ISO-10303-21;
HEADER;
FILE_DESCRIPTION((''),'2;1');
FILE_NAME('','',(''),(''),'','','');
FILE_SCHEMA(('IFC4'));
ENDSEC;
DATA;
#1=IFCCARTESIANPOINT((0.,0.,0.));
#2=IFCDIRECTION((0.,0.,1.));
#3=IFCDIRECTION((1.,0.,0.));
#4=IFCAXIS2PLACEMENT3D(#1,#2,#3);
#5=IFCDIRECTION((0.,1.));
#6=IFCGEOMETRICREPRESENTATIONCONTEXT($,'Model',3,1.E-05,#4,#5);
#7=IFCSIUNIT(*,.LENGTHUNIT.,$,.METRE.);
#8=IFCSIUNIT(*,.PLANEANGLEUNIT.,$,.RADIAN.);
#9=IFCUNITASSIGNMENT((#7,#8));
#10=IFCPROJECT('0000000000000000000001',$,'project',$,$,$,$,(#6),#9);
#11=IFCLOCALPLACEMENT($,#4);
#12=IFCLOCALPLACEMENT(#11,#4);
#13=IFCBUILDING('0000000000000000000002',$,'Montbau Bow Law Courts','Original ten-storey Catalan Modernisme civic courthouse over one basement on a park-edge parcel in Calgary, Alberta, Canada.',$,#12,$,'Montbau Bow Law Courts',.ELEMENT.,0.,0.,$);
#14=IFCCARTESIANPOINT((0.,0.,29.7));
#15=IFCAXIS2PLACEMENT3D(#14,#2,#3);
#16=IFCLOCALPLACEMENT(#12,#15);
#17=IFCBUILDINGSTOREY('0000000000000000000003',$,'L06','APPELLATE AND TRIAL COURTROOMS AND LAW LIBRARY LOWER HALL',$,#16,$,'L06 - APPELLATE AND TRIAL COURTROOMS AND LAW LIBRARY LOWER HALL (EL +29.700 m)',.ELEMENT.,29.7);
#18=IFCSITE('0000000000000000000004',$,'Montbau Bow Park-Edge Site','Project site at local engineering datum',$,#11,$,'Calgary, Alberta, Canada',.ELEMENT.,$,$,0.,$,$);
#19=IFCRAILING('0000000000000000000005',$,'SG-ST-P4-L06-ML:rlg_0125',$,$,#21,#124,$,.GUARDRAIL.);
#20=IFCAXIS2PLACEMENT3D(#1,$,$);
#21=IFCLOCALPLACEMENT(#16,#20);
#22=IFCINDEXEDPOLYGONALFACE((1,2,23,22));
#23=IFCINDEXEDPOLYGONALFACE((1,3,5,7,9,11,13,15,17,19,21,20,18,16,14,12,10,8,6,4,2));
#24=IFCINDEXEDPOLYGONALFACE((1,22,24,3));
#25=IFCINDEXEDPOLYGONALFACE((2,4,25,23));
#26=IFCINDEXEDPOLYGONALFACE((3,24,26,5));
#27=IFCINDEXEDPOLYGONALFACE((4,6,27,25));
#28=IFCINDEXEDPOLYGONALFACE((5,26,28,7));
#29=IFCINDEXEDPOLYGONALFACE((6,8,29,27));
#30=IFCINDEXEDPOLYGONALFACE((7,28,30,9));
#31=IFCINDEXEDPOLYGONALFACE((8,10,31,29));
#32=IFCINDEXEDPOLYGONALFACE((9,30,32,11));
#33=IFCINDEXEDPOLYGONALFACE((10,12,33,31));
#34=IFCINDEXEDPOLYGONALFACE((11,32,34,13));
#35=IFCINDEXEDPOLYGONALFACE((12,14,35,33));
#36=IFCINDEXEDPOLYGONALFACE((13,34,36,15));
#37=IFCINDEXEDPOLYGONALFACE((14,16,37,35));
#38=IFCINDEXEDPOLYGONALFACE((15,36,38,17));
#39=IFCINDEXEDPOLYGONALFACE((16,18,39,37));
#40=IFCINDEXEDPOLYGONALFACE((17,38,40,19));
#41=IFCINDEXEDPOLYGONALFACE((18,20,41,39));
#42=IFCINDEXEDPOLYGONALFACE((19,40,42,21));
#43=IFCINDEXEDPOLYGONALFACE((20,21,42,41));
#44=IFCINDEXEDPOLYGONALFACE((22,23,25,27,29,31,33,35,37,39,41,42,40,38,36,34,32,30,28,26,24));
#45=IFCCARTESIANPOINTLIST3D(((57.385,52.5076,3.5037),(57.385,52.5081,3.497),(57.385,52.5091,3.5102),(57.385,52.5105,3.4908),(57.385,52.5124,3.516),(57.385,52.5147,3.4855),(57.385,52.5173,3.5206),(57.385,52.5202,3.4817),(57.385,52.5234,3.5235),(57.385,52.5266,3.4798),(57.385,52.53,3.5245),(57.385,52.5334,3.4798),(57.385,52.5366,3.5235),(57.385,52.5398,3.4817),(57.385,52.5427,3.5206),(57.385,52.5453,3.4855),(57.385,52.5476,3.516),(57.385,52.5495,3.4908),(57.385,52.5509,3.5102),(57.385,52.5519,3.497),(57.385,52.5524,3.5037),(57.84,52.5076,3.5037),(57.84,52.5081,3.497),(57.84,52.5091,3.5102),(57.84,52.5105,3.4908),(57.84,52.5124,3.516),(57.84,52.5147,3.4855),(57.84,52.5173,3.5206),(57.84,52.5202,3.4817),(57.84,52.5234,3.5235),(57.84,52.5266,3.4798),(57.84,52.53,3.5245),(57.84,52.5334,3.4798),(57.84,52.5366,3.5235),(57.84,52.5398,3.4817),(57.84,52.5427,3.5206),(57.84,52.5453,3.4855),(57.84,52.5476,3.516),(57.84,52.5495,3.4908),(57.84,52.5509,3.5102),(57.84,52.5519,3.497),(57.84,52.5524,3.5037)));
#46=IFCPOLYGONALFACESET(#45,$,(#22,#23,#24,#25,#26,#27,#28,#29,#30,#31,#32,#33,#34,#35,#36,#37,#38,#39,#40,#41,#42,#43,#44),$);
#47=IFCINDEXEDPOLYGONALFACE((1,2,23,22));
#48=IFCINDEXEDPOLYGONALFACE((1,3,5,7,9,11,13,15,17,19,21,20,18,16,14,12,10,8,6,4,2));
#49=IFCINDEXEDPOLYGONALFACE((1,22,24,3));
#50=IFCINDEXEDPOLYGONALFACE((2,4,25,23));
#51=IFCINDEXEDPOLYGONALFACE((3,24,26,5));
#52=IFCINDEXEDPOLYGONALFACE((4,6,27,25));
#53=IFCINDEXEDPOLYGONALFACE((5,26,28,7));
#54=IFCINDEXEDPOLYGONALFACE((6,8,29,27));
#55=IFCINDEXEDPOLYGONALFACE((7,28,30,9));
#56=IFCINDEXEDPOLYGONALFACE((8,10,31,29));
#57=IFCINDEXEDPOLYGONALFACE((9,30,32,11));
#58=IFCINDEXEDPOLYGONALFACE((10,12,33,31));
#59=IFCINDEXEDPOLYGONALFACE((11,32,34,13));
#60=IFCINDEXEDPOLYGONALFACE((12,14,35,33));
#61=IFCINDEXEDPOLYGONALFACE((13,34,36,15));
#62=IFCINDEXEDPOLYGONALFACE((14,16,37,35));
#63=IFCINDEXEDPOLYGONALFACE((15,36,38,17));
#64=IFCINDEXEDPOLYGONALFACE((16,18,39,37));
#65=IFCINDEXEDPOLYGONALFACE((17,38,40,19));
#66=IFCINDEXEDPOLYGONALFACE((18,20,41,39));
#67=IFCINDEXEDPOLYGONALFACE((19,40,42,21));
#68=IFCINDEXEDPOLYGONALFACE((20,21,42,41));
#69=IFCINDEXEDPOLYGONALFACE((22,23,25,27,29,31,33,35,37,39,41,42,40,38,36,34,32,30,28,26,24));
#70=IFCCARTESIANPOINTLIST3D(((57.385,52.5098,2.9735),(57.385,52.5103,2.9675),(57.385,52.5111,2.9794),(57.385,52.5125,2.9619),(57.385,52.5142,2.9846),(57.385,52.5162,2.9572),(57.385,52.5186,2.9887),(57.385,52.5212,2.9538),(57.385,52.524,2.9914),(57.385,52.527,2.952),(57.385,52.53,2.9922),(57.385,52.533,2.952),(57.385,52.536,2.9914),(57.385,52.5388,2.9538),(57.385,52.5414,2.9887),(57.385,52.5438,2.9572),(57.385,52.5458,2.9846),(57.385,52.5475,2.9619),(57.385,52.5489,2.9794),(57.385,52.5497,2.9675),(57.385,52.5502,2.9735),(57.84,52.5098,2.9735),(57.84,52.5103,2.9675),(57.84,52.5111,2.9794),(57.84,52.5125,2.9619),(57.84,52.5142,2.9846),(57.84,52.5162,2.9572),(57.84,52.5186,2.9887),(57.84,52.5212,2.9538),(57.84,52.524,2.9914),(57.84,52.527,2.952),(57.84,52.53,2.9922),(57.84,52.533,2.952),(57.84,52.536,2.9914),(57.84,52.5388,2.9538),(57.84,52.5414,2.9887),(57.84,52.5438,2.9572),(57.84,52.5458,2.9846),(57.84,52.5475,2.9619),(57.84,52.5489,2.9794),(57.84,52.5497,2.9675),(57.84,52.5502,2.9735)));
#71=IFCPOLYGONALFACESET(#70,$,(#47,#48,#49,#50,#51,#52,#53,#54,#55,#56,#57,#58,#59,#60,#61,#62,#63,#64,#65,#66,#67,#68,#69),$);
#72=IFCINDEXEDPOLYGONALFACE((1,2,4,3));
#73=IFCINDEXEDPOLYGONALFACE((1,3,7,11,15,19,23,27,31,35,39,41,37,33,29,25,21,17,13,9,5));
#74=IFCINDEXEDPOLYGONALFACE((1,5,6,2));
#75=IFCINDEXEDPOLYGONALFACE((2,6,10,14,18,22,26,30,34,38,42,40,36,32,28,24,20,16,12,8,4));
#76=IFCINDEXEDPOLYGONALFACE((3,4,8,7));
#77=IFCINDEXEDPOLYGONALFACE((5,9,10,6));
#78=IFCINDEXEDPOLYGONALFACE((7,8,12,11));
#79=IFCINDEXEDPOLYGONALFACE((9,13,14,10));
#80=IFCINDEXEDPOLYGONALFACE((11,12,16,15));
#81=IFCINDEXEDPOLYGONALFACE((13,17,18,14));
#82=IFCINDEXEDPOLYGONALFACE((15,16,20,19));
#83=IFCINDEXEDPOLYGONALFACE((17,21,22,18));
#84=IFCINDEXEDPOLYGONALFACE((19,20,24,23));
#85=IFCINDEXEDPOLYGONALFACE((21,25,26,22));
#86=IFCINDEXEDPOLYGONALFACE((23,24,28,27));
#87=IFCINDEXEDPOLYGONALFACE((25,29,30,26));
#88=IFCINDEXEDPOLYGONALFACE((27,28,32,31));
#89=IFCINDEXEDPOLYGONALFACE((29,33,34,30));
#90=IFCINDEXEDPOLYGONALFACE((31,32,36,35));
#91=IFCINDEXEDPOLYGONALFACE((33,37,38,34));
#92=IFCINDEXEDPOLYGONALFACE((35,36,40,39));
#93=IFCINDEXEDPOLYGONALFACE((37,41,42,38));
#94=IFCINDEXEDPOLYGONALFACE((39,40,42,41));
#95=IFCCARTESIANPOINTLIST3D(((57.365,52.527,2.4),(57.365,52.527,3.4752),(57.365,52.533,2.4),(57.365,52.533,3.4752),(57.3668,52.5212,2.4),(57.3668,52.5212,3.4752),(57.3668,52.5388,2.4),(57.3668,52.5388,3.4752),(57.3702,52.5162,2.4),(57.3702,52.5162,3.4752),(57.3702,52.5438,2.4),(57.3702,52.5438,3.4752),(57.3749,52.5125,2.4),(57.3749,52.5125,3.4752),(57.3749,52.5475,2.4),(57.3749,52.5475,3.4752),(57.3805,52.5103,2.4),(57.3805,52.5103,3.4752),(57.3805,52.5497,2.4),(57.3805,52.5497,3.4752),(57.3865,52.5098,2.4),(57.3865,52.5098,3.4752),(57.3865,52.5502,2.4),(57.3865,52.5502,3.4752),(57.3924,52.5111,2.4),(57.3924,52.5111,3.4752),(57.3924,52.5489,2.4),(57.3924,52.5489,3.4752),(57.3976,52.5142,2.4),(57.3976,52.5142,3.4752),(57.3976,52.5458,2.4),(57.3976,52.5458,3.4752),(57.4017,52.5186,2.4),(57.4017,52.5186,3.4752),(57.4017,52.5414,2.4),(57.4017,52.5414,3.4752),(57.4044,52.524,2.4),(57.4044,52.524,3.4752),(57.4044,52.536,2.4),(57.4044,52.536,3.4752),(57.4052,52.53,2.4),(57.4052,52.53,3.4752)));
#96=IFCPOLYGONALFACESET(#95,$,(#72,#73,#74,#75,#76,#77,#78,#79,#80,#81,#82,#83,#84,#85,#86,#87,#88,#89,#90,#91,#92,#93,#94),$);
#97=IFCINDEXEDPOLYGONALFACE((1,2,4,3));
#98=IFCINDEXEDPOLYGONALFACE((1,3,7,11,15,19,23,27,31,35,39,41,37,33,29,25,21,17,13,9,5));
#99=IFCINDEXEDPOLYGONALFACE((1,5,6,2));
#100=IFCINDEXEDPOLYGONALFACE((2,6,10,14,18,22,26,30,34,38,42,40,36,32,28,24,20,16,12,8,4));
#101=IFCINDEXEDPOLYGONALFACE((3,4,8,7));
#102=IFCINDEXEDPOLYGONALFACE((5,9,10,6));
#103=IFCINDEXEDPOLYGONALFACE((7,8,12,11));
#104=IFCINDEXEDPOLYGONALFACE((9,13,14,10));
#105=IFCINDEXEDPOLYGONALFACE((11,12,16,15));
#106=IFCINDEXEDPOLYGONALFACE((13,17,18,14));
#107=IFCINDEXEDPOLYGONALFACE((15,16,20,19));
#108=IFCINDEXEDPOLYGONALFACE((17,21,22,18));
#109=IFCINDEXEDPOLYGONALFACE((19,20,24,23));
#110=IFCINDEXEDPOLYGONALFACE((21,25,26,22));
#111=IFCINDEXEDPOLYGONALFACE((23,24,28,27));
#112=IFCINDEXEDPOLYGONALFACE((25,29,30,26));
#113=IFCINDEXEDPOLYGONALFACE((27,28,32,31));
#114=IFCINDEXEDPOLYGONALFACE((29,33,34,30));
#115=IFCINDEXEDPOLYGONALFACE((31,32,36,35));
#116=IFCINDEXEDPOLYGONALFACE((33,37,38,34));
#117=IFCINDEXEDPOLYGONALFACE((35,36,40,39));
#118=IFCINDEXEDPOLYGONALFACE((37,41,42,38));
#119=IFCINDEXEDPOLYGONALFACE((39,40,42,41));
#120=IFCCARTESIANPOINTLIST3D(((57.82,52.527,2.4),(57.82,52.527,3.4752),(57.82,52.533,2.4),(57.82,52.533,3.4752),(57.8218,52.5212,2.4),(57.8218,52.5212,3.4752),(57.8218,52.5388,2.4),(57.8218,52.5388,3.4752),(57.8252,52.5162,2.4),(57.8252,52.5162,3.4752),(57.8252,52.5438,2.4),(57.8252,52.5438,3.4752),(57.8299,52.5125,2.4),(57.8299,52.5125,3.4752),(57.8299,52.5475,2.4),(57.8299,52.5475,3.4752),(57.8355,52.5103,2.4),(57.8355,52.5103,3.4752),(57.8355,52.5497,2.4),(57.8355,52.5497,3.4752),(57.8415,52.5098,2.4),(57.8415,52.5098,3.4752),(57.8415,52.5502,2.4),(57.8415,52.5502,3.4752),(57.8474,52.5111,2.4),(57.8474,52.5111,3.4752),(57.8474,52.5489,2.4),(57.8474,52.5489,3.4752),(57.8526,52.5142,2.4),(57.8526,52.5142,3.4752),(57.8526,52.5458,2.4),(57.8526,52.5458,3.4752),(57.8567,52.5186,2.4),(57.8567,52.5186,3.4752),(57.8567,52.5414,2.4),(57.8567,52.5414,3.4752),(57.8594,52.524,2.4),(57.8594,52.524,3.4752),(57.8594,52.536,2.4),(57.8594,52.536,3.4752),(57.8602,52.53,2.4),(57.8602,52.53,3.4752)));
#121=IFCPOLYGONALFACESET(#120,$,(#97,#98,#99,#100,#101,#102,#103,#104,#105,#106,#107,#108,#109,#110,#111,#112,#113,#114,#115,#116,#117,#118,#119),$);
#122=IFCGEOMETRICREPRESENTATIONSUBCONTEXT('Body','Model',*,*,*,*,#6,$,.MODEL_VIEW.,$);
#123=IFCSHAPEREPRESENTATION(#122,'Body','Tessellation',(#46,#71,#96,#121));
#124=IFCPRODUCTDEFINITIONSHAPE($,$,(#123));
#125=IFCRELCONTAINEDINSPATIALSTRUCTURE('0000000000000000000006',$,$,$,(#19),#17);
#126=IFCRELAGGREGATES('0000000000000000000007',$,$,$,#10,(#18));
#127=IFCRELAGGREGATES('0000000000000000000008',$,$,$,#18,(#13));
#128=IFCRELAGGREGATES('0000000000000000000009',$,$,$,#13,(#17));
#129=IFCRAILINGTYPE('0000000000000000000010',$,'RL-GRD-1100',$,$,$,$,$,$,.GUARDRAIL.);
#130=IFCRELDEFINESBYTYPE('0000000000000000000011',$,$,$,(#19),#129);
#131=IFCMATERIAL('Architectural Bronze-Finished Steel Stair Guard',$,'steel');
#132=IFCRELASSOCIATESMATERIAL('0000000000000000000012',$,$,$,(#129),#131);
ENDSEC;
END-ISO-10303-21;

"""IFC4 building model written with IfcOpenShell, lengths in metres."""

from ifc_helpers import new_model, si_unit, direction, frame, origin_with_axes, origin_2d_with_axis, place, context, subcontext, project, spatial, circle, extrude, material, type_object, element, save


model = new_model("IFC4")

# Units and contexts
model_context = context("Model", 3, precision=1e-05, world=origin_with_axes(), true_north=direction((0.0, 1.0)))
body_context = subcontext(model_context, "Body", "Model", "MODEL_VIEW")
ifc_project = project(units=[si_unit("LENGTHUNIT", "METRE"), si_unit("PLANEANGLEUNIT", "RADIAN")], contexts=[model_context])

# Site, building, storey
site_placement = place(None, origin_with_axes())
site = spatial("IfcSite", under=ifc_project, at=site_placement, Name="Montbau Bow Park-Edge Site", Description="Project site at local engineering datum", LongName="Calgary, Alberta, Canada", CompositionType="ELEMENT", RefElevation=0.0)
building_placement = place(site_placement, origin_with_axes())
building = spatial("IfcBuilding", under=site, at=building_placement, Name="Montbau Bow Law Courts", Description="Original ten-storey Catalan Modernisme civic courthouse over one basement on a park-edge parcel in Calgary, Alberta, Canada.", LongName="Montbau Bow Law Courts", CompositionType="ELEMENT", ElevationOfRefHeight=0.0, ElevationOfTerrain=0.0)
storey_placement = place(building_placement, frame((0.0, 0.0, 29.7), z_axis=(0.0, 0.0, 1.0), x_axis=(1.0, 0.0, 0.0)))
storey = spatial("IfcBuildingStorey", under=building, at=storey_placement, Name="L06", Description="APPELLATE AND TRIAL COURTROOMS AND LAW LIBRARY LOWER HALL", LongName="L06 - APPELLATE AND TRIAL COURTROOMS AND LAW LIBRARY LOWER HALL (EL +29.700 m)", CompositionType="ELEMENT", Elevation=29.7)

# Railing
ifc_material_1 = material(Name="Architectural Bronze-Finished Steel Stair Guard", Category="steel")
railing_type_1 = type_object("IfcRailingType", Name="RL-GRD-1100", PredefinedType="GUARDRAIL", material=ifc_material_1)
railing_1_placement = place(None, origin_with_axes())
element("IfcRailing", 1, at=railing_1_placement, inside=storey, type_object=railing_type_1, Name="SG-ST-P4-L06-ML:rlg_0125", PredefinedType="GUARDRAIL", context=body_context, shape_type="SweptSolid", body=[
    extrude(circle(Radius=0.0225, at=origin_2d_with_axis()), frame((57.385, 52.53, 33.202), z_axis=(1.0, 0.0, 0.0), x_axis=(0.0, 0.0, 1.0)), (0.0, 0.0, 1.0), 0.455),
    extrude(circle(Radius=0.0203, at=origin_2d_with_axis()), frame((57.385, 52.53, 32.672), z_axis=(1.0, 0.0, 0.0), x_axis=(0.0, 0.0, 1.0)), (0.0, 0.0, 1.0), 0.455),
    extrude(circle(Radius=0.0203, at=origin_2d_with_axis()), frame((57.385, 52.53, 32.1), z_axis=(0.0, 0.0, 1.0), x_axis=(1.0, 0.0, 0.0)), (0.0, 0.0, 1.0), 1.0753),
    extrude(circle(Radius=0.0203, at=origin_2d_with_axis()), frame((57.84, 52.53, 32.1), z_axis=(0.0, 0.0, 1.0), x_axis=(1.0, 0.0, 0.0)), (0.0, 0.0, 1.0), 1.0753),
])

save(model, "model.ifc")
